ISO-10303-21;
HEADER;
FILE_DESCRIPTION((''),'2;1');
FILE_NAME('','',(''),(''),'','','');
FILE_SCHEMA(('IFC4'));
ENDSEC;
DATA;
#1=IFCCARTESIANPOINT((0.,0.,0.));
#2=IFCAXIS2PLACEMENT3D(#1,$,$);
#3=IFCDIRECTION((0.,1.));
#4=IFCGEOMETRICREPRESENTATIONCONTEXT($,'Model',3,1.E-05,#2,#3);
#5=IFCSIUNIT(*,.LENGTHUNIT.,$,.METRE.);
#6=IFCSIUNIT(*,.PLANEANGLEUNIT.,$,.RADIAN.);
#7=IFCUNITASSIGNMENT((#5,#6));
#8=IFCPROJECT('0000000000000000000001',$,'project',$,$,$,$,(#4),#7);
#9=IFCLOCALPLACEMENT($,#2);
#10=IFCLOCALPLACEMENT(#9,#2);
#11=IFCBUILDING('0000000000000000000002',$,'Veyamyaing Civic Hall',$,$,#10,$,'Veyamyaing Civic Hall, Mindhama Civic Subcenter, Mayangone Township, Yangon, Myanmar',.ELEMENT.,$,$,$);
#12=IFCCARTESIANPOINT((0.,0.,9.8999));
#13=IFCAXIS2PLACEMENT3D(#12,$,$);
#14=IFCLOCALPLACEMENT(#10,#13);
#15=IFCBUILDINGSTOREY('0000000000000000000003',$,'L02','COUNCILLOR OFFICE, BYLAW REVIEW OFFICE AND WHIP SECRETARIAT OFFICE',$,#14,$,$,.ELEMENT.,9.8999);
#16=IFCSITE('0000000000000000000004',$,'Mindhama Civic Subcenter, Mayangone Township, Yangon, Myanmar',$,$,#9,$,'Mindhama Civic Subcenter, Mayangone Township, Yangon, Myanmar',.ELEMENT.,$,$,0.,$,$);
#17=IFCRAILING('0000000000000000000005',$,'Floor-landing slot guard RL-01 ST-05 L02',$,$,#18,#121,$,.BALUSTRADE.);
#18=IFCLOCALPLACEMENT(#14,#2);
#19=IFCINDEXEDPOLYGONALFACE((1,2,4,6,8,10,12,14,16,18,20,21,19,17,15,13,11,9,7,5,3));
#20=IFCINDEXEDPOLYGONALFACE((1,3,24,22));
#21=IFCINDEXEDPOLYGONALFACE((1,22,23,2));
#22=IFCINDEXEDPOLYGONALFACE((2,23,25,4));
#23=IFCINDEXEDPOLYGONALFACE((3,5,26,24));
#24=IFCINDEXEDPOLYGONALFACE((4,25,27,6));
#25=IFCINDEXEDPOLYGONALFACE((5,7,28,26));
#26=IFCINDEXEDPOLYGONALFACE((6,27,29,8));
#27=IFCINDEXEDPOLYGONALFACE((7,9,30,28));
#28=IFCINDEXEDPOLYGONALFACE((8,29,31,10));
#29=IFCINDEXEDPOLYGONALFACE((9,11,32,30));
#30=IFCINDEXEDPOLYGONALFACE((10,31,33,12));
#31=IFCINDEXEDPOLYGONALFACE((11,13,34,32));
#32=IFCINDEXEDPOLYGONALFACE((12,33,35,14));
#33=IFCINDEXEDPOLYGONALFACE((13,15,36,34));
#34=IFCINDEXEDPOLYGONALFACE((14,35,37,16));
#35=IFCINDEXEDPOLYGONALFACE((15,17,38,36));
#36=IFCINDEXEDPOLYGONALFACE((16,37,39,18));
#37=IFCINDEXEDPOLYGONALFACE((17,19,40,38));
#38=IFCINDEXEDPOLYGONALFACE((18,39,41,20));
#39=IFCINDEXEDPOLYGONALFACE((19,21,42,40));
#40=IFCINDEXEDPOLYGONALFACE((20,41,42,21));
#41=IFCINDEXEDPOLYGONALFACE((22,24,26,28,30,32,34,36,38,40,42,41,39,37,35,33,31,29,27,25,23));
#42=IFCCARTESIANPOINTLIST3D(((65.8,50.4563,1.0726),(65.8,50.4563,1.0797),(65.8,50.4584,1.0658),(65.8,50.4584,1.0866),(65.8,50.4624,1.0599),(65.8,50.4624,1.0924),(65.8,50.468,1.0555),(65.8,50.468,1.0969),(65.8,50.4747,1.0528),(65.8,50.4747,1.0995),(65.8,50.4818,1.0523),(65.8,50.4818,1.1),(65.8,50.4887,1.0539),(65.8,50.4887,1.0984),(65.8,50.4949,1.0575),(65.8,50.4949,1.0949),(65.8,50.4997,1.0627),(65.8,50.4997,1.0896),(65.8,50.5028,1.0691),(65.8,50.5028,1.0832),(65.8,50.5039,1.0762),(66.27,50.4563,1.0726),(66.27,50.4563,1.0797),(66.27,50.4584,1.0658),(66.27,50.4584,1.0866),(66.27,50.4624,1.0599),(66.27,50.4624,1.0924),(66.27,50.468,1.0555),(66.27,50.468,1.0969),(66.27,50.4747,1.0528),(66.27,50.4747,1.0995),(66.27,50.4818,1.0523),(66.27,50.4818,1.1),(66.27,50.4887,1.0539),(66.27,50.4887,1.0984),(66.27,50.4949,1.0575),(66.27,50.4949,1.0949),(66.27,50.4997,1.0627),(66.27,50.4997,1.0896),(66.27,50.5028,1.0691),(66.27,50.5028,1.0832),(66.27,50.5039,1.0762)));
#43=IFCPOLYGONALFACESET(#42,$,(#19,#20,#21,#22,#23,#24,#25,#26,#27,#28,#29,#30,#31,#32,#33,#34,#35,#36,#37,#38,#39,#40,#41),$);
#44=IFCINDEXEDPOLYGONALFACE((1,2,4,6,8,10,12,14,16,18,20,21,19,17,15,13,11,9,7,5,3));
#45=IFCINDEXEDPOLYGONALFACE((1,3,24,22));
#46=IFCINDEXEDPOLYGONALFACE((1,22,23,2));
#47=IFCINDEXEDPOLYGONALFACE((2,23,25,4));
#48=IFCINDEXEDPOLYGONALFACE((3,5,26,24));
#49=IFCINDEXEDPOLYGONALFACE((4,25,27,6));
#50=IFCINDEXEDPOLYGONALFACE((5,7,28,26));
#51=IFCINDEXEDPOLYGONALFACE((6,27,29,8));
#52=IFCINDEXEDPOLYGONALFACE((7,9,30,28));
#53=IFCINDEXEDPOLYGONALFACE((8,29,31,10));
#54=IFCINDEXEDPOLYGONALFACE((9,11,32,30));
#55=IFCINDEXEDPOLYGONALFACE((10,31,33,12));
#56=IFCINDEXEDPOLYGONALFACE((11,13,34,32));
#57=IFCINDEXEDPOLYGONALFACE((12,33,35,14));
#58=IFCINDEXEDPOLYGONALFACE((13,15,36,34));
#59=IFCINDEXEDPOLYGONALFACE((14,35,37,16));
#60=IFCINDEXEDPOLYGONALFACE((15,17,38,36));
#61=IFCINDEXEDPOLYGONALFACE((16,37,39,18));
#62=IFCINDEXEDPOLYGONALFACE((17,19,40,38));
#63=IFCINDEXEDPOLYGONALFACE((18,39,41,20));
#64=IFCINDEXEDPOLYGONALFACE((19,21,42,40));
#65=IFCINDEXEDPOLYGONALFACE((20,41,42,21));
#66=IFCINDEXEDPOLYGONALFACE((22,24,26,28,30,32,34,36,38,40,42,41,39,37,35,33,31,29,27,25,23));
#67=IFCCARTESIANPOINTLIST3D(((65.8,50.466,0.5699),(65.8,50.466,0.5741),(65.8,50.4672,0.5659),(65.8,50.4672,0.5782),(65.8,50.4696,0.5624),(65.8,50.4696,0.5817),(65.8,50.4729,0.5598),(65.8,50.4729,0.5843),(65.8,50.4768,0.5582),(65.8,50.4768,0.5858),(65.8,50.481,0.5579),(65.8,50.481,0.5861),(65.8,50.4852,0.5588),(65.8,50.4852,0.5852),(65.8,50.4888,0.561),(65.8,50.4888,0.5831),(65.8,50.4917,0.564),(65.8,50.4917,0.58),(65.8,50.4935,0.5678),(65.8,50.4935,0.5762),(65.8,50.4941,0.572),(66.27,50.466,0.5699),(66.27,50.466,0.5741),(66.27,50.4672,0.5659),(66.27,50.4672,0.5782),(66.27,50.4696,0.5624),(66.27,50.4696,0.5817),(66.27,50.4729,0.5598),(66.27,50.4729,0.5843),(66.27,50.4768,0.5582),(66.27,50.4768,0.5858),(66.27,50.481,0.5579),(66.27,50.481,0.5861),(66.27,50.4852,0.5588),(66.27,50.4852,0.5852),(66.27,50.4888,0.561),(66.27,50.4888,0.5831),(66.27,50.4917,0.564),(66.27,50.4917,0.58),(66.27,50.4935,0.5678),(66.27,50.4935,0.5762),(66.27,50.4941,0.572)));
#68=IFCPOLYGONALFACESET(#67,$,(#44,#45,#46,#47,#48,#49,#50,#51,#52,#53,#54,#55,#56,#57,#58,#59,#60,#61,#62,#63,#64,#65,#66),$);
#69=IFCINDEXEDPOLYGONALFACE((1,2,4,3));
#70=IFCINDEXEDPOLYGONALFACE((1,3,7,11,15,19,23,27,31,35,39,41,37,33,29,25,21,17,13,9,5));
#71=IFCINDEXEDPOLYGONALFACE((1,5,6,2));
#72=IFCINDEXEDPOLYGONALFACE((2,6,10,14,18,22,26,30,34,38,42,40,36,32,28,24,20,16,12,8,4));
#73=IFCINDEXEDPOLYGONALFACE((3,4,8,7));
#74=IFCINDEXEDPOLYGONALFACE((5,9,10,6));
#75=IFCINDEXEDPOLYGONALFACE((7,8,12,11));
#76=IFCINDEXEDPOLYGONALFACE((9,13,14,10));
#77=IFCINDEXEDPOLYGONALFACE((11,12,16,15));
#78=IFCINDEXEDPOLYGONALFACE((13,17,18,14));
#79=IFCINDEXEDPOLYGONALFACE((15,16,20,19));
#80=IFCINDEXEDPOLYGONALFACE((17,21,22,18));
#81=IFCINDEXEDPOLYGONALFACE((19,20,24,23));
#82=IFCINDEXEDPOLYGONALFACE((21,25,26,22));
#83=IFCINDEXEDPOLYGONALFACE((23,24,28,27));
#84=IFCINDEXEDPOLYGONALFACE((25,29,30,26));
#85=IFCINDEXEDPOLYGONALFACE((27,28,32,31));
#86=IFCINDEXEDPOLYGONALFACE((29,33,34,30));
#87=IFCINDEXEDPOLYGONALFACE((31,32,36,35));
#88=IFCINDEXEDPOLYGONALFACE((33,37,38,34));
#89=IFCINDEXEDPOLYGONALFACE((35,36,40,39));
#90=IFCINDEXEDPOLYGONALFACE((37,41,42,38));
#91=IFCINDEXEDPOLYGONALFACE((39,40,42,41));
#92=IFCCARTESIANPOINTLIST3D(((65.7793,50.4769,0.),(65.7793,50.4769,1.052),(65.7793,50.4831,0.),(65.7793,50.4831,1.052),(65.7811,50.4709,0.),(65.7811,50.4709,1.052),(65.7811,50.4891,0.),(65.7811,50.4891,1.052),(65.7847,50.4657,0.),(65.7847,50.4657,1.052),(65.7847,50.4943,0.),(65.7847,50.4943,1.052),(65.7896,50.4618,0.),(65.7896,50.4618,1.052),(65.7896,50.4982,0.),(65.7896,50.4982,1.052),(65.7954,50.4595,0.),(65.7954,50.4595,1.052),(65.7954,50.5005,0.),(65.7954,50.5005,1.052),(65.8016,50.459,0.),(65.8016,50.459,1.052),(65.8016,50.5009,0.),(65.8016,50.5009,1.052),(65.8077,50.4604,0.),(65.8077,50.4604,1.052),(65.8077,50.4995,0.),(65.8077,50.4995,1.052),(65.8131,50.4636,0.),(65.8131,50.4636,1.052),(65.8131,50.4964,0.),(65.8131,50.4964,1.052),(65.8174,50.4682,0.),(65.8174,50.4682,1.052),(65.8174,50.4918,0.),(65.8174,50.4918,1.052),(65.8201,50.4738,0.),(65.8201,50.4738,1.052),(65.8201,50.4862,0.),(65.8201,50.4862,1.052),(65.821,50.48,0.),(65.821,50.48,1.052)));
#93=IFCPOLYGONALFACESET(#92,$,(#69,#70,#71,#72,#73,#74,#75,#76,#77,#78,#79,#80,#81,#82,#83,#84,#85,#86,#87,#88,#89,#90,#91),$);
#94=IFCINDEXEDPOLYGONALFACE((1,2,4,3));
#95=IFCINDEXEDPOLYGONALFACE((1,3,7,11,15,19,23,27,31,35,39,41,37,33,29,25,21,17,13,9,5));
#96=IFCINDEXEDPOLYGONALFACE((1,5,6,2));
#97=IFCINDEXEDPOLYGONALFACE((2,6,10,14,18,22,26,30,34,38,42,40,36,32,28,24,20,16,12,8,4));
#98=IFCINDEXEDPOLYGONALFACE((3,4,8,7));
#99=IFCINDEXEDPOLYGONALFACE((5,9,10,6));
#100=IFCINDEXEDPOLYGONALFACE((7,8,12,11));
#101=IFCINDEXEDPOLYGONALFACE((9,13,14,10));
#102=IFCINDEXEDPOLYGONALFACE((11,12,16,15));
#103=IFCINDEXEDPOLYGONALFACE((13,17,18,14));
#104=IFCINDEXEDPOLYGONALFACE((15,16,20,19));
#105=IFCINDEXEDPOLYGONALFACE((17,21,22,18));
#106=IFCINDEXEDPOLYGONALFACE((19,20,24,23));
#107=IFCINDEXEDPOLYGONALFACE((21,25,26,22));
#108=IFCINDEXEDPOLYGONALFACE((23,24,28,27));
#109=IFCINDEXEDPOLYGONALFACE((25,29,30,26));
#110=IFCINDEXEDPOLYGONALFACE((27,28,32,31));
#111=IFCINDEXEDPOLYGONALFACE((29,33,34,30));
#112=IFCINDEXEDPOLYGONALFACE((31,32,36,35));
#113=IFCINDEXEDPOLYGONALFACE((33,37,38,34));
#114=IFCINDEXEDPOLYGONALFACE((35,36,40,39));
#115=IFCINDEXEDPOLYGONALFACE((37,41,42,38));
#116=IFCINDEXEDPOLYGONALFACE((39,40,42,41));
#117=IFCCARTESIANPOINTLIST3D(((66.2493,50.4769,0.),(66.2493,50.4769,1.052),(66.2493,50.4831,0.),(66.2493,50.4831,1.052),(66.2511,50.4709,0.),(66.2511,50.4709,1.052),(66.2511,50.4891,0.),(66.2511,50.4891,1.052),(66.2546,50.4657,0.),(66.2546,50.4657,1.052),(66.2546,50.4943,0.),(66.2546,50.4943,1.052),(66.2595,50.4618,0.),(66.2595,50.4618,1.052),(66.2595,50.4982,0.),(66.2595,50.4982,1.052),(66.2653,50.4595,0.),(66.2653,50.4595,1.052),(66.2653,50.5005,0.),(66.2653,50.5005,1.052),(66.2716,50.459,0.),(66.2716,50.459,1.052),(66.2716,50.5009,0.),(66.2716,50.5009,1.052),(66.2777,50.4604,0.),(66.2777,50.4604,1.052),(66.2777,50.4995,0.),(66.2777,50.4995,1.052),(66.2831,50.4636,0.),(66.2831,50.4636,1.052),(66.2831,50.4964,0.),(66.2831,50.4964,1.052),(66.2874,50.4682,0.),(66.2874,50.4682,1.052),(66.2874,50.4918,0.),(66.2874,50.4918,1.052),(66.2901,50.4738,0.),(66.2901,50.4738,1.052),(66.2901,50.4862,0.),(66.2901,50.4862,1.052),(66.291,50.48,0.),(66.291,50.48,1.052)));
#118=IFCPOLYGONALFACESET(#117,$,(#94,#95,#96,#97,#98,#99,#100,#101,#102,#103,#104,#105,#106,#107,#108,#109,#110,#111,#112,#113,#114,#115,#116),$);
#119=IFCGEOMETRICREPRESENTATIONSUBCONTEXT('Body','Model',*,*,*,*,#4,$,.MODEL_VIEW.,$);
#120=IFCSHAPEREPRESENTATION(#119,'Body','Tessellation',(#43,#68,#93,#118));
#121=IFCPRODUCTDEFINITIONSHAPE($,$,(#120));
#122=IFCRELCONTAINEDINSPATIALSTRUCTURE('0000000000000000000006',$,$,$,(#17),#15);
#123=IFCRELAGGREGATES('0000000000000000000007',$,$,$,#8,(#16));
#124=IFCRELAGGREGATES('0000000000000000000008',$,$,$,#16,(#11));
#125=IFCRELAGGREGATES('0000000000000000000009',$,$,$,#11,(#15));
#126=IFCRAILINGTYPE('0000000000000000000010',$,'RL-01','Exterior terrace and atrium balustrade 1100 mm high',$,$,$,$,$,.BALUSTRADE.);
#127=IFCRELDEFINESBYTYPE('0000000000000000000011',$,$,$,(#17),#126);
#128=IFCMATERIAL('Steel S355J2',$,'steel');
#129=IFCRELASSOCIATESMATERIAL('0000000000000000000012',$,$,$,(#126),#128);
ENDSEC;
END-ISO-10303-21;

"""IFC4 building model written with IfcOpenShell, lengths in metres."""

from ifc_helpers import new_model, si_unit, direction, frame, origin, origin_2d, place, context, subcontext, project, spatial, circle, extrude, material, type_object, element, save


model = new_model("IFC4")

# Units and contexts
model_context = context("Model", 3, precision=1e-05, world=origin(), true_north=direction((0.0, 1.0)))
body_context = subcontext(model_context, "Body", "Model", "MODEL_VIEW")
ifc_project = project(units=[si_unit("LENGTHUNIT", "METRE"), si_unit("PLANEANGLEUNIT", "RADIAN")], contexts=[model_context])

# Site, building, storey
site_placement = place(None, origin())
site = spatial("IfcSite", under=ifc_project, at=site_placement, Name="Mindhama Civic Subcenter, Mayangone Township, Yangon, Myanmar", LongName="Mindhama Civic Subcenter, Mayangone Township, Yangon, Myanmar", CompositionType="ELEMENT", RefElevation=0.0)
building_placement = place(site_placement, origin())
building = spatial("IfcBuilding", under=site, at=building_placement, Name="Veyamyaing Civic Hall", LongName="Veyamyaing Civic Hall, Mindhama Civic Subcenter, Mayangone Township, Yangon, Myanmar", CompositionType="ELEMENT")
storey_placement = place(building_placement, frame((0.0, 0.0, 9.8999)))
storey = spatial("IfcBuildingStorey", under=building, at=storey_placement, Name="L02", Description="COUNCILLOR OFFICE, BYLAW REVIEW OFFICE AND WHIP SECRETARIAT OFFICE", CompositionType="ELEMENT", Elevation=9.8999)

# Railing
ifc_material_1 = material(Name="Steel S355J2", Category="steel")
railing_type_1 = type_object("IfcRailingType", Name="RL-01", Description="Exterior terrace and atrium balustrade 1100 mm high", PredefinedType="BALUSTRADE", material=ifc_material_1)
railing_1_placement = place(storey_placement, frame((65.8, 50.48, 0.0)))
element("IfcRailing", 1, at=railing_1_placement, inside=storey, type_object=railing_type_1, Name="Floor-landing slot guard RL-01 ST-05 L02", PredefinedType="BALUSTRADE", context=body_context, shape_type="SweptSolid", body=[
    extrude(circle(Radius=0.0239, at=origin_2d()), frame((0.0, 0.0, 1.0762), z_axis=(1.0, 0.0, 0.0), x_axis=(0.0, 1.0, 0.0)), (0.0, 0.0, 1.0), 0.47),
    extrude(circle(Radius=0.0142, at=origin_2d()), frame((0.0, 0.0, 0.572), z_axis=(1.0, 0.0, 0.0), x_axis=(0.0, 1.0, 0.0)), (0.0, 0.0, 1.0), 0.47),
    extrude(circle(Radius=0.021, at=origin_2d()), origin(), (0.0, 0.0, 1.0), 1.052),
    extrude(circle(Radius=0.021, at=origin_2d()), frame((0.47, 0.0, 0.0)), (0.0, 0.0, 1.0), 1.052),
])

save(model, "model.ifc")
